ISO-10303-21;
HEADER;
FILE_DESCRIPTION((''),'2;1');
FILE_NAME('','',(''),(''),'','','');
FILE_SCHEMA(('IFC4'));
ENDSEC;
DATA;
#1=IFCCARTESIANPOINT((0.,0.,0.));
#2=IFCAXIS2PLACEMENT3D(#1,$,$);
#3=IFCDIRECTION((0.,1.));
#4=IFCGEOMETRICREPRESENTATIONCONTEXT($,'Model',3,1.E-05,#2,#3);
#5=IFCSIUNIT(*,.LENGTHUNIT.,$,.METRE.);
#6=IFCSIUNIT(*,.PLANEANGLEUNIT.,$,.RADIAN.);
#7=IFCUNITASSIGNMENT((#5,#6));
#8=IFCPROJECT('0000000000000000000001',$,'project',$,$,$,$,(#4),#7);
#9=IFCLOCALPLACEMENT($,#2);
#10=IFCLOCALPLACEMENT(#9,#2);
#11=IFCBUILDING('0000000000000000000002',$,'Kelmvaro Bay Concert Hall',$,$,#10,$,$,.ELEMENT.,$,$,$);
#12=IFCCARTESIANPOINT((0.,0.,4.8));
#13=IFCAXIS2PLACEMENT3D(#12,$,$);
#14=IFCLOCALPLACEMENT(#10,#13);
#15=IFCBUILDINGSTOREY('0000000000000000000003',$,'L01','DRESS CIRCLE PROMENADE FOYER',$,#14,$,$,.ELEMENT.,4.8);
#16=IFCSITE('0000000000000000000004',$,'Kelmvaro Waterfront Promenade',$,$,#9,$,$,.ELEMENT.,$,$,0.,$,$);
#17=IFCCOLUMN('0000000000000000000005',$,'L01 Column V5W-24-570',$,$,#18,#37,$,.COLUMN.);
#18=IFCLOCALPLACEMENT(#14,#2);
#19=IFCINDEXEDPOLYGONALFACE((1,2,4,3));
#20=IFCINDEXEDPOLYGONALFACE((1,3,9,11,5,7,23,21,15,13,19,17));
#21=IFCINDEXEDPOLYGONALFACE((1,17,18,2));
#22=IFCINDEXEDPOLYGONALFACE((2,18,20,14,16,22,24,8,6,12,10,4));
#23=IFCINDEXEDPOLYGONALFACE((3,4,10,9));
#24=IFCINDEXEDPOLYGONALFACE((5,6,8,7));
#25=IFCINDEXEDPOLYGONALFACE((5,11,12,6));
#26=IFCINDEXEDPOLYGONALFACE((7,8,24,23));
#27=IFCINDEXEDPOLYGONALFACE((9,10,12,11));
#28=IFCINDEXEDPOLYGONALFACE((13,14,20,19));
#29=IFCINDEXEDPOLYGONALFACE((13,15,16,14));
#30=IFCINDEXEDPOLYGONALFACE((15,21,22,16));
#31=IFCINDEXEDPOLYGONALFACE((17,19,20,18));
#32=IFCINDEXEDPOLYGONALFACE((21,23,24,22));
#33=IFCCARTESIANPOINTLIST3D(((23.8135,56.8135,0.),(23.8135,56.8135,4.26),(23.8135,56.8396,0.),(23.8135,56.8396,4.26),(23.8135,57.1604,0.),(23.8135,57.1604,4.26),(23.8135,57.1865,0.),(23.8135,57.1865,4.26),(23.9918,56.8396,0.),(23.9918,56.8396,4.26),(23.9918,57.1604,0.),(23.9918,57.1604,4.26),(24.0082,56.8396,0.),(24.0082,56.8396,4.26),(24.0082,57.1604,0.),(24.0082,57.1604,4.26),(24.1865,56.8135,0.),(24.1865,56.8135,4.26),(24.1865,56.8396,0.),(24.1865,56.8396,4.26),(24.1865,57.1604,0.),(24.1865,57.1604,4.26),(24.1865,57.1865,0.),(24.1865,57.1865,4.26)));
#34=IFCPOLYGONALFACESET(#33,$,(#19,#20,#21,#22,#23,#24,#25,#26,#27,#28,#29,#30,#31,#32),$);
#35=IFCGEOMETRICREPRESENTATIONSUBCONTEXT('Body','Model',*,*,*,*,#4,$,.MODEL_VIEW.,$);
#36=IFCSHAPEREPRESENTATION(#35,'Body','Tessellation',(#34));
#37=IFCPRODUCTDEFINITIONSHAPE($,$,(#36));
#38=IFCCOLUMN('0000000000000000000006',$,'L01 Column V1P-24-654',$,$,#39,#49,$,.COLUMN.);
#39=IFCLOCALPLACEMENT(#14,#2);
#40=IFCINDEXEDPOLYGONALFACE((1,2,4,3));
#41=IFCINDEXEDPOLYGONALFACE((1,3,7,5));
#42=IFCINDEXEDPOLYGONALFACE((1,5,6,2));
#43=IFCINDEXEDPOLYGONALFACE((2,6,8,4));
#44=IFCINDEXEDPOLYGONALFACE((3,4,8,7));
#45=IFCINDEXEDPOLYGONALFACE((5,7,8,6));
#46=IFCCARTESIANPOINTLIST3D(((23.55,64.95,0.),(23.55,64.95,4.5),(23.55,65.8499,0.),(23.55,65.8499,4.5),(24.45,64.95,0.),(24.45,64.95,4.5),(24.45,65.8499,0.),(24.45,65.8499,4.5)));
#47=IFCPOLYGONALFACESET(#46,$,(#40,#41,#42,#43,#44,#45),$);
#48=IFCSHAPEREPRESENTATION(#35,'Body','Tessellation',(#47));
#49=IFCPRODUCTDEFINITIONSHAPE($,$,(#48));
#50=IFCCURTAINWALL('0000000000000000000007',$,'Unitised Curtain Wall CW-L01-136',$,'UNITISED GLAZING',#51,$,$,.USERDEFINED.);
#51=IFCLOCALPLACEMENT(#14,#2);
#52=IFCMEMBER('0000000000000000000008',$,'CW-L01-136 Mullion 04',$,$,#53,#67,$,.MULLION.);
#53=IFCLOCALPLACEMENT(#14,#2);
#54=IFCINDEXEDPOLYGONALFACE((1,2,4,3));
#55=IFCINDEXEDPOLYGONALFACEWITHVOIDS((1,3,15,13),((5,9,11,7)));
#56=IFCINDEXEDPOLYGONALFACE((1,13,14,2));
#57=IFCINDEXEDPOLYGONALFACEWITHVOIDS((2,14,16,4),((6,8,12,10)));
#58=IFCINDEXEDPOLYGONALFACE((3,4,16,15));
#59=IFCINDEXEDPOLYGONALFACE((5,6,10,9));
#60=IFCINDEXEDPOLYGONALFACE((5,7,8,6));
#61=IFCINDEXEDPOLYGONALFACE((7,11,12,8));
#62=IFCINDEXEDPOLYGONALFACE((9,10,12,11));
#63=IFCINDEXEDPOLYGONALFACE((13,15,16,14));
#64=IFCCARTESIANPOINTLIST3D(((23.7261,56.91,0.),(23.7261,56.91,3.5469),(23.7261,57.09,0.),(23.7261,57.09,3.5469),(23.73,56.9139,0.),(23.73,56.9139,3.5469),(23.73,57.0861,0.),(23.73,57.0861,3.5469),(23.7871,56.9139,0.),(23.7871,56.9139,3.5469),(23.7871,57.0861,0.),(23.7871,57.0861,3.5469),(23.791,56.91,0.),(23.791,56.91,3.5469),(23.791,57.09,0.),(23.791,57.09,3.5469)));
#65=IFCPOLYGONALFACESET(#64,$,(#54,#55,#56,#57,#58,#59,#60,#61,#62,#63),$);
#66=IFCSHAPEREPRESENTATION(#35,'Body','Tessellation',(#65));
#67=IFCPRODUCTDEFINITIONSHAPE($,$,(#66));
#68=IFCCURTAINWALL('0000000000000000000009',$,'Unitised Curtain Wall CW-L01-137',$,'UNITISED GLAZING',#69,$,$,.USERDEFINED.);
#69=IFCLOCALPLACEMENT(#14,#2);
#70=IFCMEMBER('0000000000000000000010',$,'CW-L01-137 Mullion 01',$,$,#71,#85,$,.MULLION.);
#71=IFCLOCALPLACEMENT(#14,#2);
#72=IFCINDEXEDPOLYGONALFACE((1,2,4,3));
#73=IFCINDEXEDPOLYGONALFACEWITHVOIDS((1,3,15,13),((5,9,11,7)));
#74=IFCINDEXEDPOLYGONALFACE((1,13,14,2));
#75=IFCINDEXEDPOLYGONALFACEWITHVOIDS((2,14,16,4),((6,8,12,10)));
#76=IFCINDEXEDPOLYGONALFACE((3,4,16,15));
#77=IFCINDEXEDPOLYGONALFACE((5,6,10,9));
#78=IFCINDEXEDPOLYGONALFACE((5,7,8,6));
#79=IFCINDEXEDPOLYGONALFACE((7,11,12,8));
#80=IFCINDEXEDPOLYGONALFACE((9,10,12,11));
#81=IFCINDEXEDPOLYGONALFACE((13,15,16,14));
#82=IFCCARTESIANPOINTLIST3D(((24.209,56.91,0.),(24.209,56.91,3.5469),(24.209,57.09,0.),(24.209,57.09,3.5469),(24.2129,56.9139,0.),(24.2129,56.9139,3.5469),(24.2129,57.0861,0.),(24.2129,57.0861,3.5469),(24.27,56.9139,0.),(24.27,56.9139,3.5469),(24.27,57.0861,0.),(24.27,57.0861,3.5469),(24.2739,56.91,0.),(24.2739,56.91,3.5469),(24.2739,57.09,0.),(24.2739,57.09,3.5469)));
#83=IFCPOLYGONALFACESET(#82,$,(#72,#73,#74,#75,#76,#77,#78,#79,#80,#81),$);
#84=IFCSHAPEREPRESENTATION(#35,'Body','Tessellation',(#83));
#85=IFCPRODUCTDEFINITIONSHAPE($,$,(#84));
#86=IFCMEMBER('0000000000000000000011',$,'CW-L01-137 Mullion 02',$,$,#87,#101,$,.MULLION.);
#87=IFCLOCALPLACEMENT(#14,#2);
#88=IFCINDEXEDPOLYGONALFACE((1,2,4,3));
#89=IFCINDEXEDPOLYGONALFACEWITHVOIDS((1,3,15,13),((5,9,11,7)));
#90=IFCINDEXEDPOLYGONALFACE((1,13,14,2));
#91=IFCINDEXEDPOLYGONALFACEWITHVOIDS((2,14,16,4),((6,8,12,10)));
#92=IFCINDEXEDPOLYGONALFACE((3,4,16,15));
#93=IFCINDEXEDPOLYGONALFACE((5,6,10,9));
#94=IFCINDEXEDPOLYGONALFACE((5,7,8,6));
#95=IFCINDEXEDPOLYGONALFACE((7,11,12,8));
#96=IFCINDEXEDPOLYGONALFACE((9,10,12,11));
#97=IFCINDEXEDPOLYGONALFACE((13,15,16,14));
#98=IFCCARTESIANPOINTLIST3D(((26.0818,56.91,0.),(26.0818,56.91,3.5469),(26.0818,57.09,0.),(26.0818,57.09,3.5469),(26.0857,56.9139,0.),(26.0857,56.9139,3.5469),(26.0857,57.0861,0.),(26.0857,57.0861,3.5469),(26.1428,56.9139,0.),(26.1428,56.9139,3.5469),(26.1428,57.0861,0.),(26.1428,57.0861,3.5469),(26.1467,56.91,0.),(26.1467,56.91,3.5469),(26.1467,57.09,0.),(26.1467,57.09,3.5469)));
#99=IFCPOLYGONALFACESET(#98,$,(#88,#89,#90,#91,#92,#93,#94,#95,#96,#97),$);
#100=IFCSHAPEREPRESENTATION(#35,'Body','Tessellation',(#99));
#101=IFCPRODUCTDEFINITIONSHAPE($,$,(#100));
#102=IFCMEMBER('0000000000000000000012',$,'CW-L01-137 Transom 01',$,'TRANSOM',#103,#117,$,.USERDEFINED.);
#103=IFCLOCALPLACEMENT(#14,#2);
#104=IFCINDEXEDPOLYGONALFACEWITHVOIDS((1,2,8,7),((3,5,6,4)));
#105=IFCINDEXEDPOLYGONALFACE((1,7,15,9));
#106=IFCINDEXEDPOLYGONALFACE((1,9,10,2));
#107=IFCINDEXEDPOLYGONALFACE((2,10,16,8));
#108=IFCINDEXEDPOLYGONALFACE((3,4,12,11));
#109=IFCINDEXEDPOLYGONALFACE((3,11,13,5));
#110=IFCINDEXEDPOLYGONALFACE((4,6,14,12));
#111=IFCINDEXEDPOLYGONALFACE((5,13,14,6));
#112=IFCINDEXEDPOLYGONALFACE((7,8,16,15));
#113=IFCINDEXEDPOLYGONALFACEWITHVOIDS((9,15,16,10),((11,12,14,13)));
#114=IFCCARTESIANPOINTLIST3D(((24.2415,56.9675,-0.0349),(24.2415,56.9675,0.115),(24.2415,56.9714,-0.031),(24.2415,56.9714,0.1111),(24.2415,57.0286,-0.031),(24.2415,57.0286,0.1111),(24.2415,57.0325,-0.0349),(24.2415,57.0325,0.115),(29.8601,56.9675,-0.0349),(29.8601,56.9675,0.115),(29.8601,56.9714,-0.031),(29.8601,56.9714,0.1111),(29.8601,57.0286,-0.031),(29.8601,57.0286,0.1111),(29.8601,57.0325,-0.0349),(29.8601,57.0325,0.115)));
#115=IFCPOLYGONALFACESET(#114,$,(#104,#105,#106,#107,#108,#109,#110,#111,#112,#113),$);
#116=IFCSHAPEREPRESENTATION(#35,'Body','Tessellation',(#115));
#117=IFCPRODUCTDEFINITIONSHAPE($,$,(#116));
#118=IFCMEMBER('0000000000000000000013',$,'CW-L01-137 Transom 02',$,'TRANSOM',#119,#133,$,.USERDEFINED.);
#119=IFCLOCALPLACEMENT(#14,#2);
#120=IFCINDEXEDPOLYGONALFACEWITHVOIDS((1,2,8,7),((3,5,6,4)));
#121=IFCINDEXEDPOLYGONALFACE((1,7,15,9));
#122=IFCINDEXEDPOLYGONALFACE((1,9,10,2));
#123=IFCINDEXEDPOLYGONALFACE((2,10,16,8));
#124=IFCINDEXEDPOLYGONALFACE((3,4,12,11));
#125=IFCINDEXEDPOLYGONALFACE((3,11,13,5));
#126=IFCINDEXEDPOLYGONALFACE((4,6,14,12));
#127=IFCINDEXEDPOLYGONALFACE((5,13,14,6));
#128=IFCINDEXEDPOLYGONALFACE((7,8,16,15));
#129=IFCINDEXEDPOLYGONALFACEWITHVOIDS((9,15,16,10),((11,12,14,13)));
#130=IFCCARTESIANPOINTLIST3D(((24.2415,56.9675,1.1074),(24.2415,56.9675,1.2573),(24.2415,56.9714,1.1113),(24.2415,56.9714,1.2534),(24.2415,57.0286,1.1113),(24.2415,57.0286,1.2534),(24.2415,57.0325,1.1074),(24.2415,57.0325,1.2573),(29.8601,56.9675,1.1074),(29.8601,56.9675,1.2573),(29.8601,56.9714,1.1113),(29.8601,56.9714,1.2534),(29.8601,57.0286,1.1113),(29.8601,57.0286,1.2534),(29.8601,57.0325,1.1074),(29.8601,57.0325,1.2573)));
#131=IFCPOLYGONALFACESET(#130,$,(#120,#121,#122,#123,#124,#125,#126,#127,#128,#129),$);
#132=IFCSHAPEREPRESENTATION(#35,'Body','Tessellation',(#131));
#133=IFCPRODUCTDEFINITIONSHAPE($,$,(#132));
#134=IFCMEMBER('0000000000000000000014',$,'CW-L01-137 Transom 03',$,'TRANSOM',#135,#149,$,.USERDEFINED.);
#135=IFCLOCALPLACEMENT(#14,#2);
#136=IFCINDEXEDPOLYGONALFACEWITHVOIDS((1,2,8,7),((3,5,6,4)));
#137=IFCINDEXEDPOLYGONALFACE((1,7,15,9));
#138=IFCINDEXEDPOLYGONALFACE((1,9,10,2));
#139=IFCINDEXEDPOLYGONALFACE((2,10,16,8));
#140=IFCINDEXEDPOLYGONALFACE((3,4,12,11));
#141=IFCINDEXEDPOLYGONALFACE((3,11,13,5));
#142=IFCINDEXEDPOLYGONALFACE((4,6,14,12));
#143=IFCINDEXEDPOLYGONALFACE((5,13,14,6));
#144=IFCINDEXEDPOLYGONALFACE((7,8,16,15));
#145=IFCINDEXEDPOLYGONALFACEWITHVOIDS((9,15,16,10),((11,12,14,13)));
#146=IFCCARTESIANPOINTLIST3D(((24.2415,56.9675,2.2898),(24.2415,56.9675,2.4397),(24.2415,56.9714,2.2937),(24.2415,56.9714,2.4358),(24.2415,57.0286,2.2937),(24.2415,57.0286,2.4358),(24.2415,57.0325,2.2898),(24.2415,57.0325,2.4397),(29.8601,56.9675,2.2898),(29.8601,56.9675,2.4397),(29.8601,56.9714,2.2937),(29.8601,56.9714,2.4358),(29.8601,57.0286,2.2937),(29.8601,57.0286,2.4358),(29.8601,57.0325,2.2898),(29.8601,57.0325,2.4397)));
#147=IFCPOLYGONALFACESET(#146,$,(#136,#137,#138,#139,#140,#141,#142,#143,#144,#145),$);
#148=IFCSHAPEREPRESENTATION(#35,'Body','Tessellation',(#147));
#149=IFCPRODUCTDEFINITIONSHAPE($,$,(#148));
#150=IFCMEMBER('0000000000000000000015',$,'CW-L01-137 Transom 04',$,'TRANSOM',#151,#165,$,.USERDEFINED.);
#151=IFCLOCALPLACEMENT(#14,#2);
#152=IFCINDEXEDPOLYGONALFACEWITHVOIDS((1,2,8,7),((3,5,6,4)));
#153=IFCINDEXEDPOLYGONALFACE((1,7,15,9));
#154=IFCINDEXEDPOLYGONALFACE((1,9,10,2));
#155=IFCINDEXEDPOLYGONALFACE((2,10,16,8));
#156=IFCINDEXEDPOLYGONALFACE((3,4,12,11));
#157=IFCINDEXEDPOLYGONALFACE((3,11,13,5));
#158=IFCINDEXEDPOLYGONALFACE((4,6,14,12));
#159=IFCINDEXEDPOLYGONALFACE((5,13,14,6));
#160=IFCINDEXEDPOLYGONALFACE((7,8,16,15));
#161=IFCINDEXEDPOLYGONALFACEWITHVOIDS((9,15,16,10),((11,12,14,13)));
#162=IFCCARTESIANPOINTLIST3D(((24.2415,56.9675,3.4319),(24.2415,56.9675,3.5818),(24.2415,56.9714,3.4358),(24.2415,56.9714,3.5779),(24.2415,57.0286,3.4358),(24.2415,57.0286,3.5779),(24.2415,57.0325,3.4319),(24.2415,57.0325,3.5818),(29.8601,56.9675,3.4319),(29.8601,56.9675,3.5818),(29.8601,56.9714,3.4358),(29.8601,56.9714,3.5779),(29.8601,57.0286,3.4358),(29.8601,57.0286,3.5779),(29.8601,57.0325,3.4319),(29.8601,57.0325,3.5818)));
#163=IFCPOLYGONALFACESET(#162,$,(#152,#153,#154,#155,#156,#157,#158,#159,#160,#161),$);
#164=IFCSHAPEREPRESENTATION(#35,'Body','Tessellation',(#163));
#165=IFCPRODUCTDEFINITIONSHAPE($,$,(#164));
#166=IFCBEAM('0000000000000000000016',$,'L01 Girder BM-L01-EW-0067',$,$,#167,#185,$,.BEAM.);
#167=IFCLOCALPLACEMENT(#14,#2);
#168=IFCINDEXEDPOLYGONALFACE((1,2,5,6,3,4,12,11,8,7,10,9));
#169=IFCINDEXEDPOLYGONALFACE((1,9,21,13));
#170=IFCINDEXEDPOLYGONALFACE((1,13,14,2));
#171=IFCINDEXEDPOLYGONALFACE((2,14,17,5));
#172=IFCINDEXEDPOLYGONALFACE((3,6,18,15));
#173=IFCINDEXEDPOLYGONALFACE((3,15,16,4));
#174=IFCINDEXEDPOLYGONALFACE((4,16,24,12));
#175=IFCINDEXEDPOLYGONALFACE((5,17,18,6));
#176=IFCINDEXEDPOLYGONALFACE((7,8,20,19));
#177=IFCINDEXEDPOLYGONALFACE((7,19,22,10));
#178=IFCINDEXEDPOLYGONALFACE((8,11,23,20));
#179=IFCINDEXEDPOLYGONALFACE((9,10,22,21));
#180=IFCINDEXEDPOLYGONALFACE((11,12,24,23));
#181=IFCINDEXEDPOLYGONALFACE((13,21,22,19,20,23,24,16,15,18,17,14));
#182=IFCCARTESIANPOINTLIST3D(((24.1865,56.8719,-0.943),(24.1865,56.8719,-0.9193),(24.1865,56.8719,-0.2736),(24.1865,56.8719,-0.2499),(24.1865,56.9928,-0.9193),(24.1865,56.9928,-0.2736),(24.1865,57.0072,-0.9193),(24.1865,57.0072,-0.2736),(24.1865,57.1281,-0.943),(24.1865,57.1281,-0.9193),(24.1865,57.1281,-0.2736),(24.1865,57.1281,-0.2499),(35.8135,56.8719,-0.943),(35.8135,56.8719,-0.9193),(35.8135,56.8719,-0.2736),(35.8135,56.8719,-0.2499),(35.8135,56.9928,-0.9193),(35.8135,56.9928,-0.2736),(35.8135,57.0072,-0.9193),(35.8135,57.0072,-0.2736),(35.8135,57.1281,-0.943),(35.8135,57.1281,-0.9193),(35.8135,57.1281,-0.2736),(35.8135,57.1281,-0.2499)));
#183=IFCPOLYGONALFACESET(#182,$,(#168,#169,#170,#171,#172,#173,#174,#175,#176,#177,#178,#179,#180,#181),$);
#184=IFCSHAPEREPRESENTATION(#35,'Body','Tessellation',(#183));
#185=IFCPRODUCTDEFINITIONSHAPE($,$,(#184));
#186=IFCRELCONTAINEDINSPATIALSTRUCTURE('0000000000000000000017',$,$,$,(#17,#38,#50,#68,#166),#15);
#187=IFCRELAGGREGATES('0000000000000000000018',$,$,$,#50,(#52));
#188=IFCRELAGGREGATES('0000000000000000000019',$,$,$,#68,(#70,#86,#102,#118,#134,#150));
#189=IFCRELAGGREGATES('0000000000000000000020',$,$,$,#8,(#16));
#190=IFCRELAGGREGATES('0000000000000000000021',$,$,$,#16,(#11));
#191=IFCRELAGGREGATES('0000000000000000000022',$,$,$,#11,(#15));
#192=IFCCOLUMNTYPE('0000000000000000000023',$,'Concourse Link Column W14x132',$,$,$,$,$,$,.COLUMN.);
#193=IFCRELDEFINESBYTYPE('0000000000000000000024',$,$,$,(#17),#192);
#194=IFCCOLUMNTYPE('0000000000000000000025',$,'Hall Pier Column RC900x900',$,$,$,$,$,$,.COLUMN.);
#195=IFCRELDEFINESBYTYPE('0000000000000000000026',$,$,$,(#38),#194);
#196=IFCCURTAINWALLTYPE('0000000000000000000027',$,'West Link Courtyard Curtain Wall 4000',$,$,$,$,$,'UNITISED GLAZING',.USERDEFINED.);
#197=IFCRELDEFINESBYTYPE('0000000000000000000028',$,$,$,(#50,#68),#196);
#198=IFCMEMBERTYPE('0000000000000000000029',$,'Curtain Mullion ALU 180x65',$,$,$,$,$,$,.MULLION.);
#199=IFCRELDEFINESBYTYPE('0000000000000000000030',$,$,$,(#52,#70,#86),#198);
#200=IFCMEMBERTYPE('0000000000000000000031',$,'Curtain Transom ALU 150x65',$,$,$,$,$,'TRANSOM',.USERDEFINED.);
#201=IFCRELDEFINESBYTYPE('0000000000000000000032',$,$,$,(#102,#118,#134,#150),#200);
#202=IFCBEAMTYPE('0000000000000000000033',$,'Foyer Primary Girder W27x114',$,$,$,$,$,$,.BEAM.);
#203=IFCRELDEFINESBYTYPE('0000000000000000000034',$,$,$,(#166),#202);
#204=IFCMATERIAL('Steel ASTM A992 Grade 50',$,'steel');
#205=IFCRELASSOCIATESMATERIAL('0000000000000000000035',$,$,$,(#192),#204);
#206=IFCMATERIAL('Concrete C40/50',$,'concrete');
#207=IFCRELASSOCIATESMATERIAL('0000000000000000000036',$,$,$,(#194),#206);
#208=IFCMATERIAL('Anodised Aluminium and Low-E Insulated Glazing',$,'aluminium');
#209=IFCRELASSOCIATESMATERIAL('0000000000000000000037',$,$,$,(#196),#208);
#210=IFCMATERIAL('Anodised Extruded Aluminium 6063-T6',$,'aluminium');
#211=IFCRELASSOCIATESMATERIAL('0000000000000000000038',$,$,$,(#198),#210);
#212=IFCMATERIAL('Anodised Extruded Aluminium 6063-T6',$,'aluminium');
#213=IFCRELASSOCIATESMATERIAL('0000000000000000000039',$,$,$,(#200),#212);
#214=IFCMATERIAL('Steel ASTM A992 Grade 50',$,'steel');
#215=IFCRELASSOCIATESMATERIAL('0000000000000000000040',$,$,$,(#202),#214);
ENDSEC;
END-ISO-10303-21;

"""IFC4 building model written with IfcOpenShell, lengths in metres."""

from ifc_helpers import new_model, si_unit, direction, frame, origin, origin_2d, place, context, subcontext, project, spatial, rectangle, hollow_rectangle, i_section, extrude, material, material_profile, profile_set, type_object, element, aggregate, save


model = new_model("IFC4")

# Units and contexts
model_context = context("Model", 3, precision=1e-05, world=origin(), true_north=direction((0.0, 1.0)))
body_context = subcontext(model_context, "Body", "Model", "MODEL_VIEW")
ifc_project = project(units=[si_unit("LENGTHUNIT", "METRE"), si_unit("PLANEANGLEUNIT", "RADIAN")], contexts=[model_context])

# Site, building, storey
site_placement = place(None, origin())
site = spatial("IfcSite", under=ifc_project, at=site_placement, Name="Kelmvaro Waterfront Promenade", CompositionType="ELEMENT", RefElevation=0.0)
building_placement = place(site_placement, origin())
building = spatial("IfcBuilding", under=site, at=building_placement, Name="Kelmvaro Bay Concert Hall", CompositionType="ELEMENT")
storey_placement = place(building_placement, frame((0.0, 0.0, 4.8)))
storey = spatial("IfcBuildingStorey", under=building, at=storey_placement, Name="L01", Description="DRESS CIRCLE PROMENADE FOYER", CompositionType="ELEMENT", Elevation=4.8)

# Columns
ifc_material_1 = material(Name="Steel ASTM A992 Grade 50", Category="steel")
ifc_material_profile_1 = material_profile(ifc_material_1, i_section(OverallWidth=0.373, OverallDepth=0.373, WebThickness=0.0164, FlangeThickness=0.0261, at=origin_2d()), Name="W14X132")
ifc_profile_set_1 = profile_set([ifc_material_profile_1], Name="Steel ASTM A992 Grade 50")
column_type_1 = type_object("IfcColumnType", Name="Concourse Link Column W14x132", PredefinedType="COLUMN", material=ifc_profile_set_1)
column_1_placement = place(storey_placement, frame((24.0, 57.0, 0.0), z_axis=(0.0, 0.0, 1.0), x_axis=(1.0, 0.0, 0.0)))
element("IfcColumn", 1, at=column_1_placement, inside=storey, type_object=column_type_1, Name="L01 Column V5W-24-570", PredefinedType="COLUMN", context=body_context, shape_type="SweptSolid", body=[
    extrude(i_section(OverallWidth=0.373, OverallDepth=0.373, WebThickness=0.0164, FlangeThickness=0.0261, at=origin_2d()), origin(), (0.0, 0.0, 1.0), 4.26),
])
ifc_material_2 = material(Name="Concrete C40/50", Category="concrete")
ifc_material_profile_2 = material_profile(ifc_material_2, rectangle(XDim=0.8999, YDim=0.8999, at=origin_2d()), Name="RC-COL-900X900")
ifc_profile_set_2 = profile_set([ifc_material_profile_2], Name="Concrete C40/50")
column_type_2 = type_object("IfcColumnType", Name="Hall Pier Column RC900x900", PredefinedType="COLUMN", material=ifc_profile_set_2)
column_2_placement = place(storey_placement, frame((24.0, 65.3999, 0.0), z_axis=(0.0, 0.0, 1.0), x_axis=(1.0, 0.0, 0.0)))
element("IfcColumn", 2, at=column_2_placement, inside=storey, type_object=column_type_2, Name="L01 Column V1P-24-654", PredefinedType="COLUMN", context=body_context, shape_type="SweptSolid", body=[
    extrude(rectangle(XDim=0.8999, YDim=0.8999, at=origin_2d()), origin(), (0.0, 0.0, 1.0), 4.5),
])

# Curtain wall, member
ifc_material_3 = material(Name="Anodised Aluminium and Low-E Insulated Glazing", Category="aluminium")
curtain_wall_type = type_object("IfcCurtainWallType", Name="West Link Courtyard Curtain Wall 4000", ElementType="UNITISED GLAZING", PredefinedType="USERDEFINED", material=ifc_material_3)
curtain_wall_1_placement = place(storey_placement, origin())
curtain_wall_1 = element("IfcCurtainWall", 3, at=curtain_wall_1_placement, inside=storey, type_object=curtain_wall_type, Name="Unitised Curtain Wall CW-L01-136", ObjectType="UNITISED GLAZING", PredefinedType="USERDEFINED")
ifc_material_4 = material(Name="Anodised Extruded Aluminium 6063-T6", Category="aluminium")
ifc_material_profile_3 = material_profile(ifc_material_4, hollow_rectangle(XDim=0.0649, YDim=0.1799, WallThickness=0.0039, at=origin_2d()), Name="ALU-MUL-180X65")
ifc_profile_set_3 = profile_set([ifc_material_profile_3], Name="Anodised Extruded Aluminium 6063-T6")
member_type_1 = type_object("IfcMemberType", Name="Curtain Mullion ALU 180x65", PredefinedType="MULLION", material=ifc_profile_set_3)
member_1_placement = place(storey_placement, frame((23.7585, 57.0, 0.0), z_axis=(0.0, 0.0, 1.0), x_axis=(1.0, 0.0, 0.0)))
member_1 = element("IfcMember", 4, at=member_1_placement, type_object=member_type_1, Name="CW-L01-136 Mullion 04", PredefinedType="MULLION", context=body_context, shape_type="SweptSolid", body=[
    extrude(hollow_rectangle(XDim=0.0649, YDim=0.1799, WallThickness=0.0039, at=origin_2d()), origin(), (0.0, 0.0, 1.0), 3.5469),
])
aggregate(curtain_wall_1, [member_1])

# Curtain wall, members
curtain_wall_2_placement = place(storey_placement, origin())
curtain_wall_2 = element("IfcCurtainWall", 5, at=curtain_wall_2_placement, inside=storey, type_object=curtain_wall_type, Name="Unitised Curtain Wall CW-L01-137", ObjectType="UNITISED GLAZING", PredefinedType="USERDEFINED")
member_2_placement = place(storey_placement, frame((24.2415, 57.0, 0.0), z_axis=(0.0, 0.0, 1.0), x_axis=(1.0, 0.0, 0.0)))
member_2 = element("IfcMember", 6, at=member_2_placement, type_object=member_type_1, Name="CW-L01-137 Mullion 01", PredefinedType="MULLION", context=body_context, shape_type="SweptSolid", body=[
    extrude(hollow_rectangle(XDim=0.0649, YDim=0.1799, WallThickness=0.0039, at=origin_2d()), origin(), (0.0, 0.0, 1.0), 3.5469),
])
member_3_placement = place(storey_placement, frame((26.1143, 57.0, 0.0), z_axis=(0.0, 0.0, 1.0), x_axis=(1.0, 0.0, 0.0)))
member_3 = element("IfcMember", 7, at=member_3_placement, type_object=member_type_1, Name="CW-L01-137 Mullion 02", PredefinedType="MULLION", context=body_context, shape_type="SweptSolid", body=[
    extrude(hollow_rectangle(XDim=0.0649, YDim=0.1799, WallThickness=0.0039, at=origin_2d()), origin(), (0.0, 0.0, 1.0), 3.5469),
])
ifc_material_5 = material(Name="Anodised Extruded Aluminium 6063-T6", Category="aluminium")
ifc_material_profile_4 = material_profile(ifc_material_5, hollow_rectangle(XDim=0.0649, YDim=0.1499, WallThickness=0.0039, at=origin_2d()), Name="ALU-TRN-150X65")
ifc_profile_set_4 = profile_set([ifc_material_profile_4], Name="Anodised Extruded Aluminium 6063-T6")
member_type_2 = type_object("IfcMemberType", Name="Curtain Transom ALU 150x65", ElementType="TRANSOM", PredefinedType="USERDEFINED", material=ifc_profile_set_4)
member_4_placement = place(storey_placement, frame((24.2415, 57.0, 0.04), z_axis=(1.0, 0.0, 0.0), x_axis=(0.0, 1.0, 0.0)))
member_4 = element("IfcMember", 8, at=member_4_placement, type_object=member_type_2, Name="CW-L01-137 Transom 01", ObjectType="TRANSOM", PredefinedType="USERDEFINED", context=body_context, shape_type="SweptSolid", body=[
    extrude(hollow_rectangle(XDim=0.0649, YDim=0.1499, WallThickness=0.0039, at=origin_2d()), origin(), (0.0, 0.0, 1.0), 5.6187),
])
member_5_placement = place(storey_placement, frame((24.2415, 57.0, 1.1824), z_axis=(1.0, 0.0, 0.0), x_axis=(0.0, 1.0, 0.0)))
member_5 = element("IfcMember", 9, at=member_5_placement, type_object=member_type_2, Name="CW-L01-137 Transom 02", ObjectType="TRANSOM", PredefinedType="USERDEFINED", context=body_context, shape_type="SweptSolid", body=[
    extrude(hollow_rectangle(XDim=0.0649, YDim=0.1499, WallThickness=0.0039, at=origin_2d()), origin(), (0.0, 0.0, 1.0), 5.6187),
])
member_6_placement = place(storey_placement, frame((24.2415, 57.0, 2.3647), z_axis=(1.0, 0.0, 0.0), x_axis=(0.0, 1.0, 0.0)))
member_6 = element("IfcMember", 10, at=member_6_placement, type_object=member_type_2, Name="CW-L01-137 Transom 03", ObjectType="TRANSOM", PredefinedType="USERDEFINED", context=body_context, shape_type="SweptSolid", body=[
    extrude(hollow_rectangle(XDim=0.0649, YDim=0.1499, WallThickness=0.0039, at=origin_2d()), origin(), (0.0, 0.0, 1.0), 5.6187),
])
member_7_placement = place(storey_placement, frame((24.2415, 57.0, 3.5068), z_axis=(1.0, 0.0, 0.0), x_axis=(0.0, 1.0, 0.0)))
member_7 = element("IfcMember", 11, at=member_7_placement, type_object=member_type_2, Name="CW-L01-137 Transom 04", ObjectType="TRANSOM", PredefinedType="USERDEFINED", context=body_context, shape_type="SweptSolid", body=[
    extrude(hollow_rectangle(XDim=0.0649, YDim=0.1499, WallThickness=0.0039, at=origin_2d()), origin(), (0.0, 0.0, 1.0), 5.6187),
])

# Beam
ifc_material_6 = material(Name="Steel ASTM A992 Grade 50", Category="steel")
ifc_material_profile_5 = material_profile(ifc_material_6, i_section(OverallWidth=0.2561, OverallDepth=0.6931, WebThickness=0.0144, FlangeThickness=0.0237, at=origin_2d()), Name="W27X114")
ifc_profile_set_5 = profile_set([ifc_material_profile_5], Name="Steel ASTM A992 Grade 50")
beam_type_1 = type_object("IfcBeamType", Name="Foyer Primary Girder W27x114", PredefinedType="BEAM", material=ifc_profile_set_5)
beam_1_placement = place(storey_placement, frame((24.1865, 57.0, -0.5964), z_axis=(1.0, 0.0, 0.0), x_axis=(0.0, 1.0, 0.0)))
element("IfcBeam", 12, at=beam_1_placement, inside=storey, type_object=beam_type_1, Name="L01 Girder BM-L01-EW-0067", PredefinedType="BEAM", context=body_context, shape_type="SweptSolid", body=[
    extrude(i_section(OverallWidth=0.2561, OverallDepth=0.6931, WebThickness=0.0144, FlangeThickness=0.0237, at=origin_2d()), origin(), (0.0, 0.0, 1.0), 11.627),
])

aggregate(curtain_wall_2, [member_2, member_3, member_4, member_5, member_6, member_7])

save(model, "model.ifc")
